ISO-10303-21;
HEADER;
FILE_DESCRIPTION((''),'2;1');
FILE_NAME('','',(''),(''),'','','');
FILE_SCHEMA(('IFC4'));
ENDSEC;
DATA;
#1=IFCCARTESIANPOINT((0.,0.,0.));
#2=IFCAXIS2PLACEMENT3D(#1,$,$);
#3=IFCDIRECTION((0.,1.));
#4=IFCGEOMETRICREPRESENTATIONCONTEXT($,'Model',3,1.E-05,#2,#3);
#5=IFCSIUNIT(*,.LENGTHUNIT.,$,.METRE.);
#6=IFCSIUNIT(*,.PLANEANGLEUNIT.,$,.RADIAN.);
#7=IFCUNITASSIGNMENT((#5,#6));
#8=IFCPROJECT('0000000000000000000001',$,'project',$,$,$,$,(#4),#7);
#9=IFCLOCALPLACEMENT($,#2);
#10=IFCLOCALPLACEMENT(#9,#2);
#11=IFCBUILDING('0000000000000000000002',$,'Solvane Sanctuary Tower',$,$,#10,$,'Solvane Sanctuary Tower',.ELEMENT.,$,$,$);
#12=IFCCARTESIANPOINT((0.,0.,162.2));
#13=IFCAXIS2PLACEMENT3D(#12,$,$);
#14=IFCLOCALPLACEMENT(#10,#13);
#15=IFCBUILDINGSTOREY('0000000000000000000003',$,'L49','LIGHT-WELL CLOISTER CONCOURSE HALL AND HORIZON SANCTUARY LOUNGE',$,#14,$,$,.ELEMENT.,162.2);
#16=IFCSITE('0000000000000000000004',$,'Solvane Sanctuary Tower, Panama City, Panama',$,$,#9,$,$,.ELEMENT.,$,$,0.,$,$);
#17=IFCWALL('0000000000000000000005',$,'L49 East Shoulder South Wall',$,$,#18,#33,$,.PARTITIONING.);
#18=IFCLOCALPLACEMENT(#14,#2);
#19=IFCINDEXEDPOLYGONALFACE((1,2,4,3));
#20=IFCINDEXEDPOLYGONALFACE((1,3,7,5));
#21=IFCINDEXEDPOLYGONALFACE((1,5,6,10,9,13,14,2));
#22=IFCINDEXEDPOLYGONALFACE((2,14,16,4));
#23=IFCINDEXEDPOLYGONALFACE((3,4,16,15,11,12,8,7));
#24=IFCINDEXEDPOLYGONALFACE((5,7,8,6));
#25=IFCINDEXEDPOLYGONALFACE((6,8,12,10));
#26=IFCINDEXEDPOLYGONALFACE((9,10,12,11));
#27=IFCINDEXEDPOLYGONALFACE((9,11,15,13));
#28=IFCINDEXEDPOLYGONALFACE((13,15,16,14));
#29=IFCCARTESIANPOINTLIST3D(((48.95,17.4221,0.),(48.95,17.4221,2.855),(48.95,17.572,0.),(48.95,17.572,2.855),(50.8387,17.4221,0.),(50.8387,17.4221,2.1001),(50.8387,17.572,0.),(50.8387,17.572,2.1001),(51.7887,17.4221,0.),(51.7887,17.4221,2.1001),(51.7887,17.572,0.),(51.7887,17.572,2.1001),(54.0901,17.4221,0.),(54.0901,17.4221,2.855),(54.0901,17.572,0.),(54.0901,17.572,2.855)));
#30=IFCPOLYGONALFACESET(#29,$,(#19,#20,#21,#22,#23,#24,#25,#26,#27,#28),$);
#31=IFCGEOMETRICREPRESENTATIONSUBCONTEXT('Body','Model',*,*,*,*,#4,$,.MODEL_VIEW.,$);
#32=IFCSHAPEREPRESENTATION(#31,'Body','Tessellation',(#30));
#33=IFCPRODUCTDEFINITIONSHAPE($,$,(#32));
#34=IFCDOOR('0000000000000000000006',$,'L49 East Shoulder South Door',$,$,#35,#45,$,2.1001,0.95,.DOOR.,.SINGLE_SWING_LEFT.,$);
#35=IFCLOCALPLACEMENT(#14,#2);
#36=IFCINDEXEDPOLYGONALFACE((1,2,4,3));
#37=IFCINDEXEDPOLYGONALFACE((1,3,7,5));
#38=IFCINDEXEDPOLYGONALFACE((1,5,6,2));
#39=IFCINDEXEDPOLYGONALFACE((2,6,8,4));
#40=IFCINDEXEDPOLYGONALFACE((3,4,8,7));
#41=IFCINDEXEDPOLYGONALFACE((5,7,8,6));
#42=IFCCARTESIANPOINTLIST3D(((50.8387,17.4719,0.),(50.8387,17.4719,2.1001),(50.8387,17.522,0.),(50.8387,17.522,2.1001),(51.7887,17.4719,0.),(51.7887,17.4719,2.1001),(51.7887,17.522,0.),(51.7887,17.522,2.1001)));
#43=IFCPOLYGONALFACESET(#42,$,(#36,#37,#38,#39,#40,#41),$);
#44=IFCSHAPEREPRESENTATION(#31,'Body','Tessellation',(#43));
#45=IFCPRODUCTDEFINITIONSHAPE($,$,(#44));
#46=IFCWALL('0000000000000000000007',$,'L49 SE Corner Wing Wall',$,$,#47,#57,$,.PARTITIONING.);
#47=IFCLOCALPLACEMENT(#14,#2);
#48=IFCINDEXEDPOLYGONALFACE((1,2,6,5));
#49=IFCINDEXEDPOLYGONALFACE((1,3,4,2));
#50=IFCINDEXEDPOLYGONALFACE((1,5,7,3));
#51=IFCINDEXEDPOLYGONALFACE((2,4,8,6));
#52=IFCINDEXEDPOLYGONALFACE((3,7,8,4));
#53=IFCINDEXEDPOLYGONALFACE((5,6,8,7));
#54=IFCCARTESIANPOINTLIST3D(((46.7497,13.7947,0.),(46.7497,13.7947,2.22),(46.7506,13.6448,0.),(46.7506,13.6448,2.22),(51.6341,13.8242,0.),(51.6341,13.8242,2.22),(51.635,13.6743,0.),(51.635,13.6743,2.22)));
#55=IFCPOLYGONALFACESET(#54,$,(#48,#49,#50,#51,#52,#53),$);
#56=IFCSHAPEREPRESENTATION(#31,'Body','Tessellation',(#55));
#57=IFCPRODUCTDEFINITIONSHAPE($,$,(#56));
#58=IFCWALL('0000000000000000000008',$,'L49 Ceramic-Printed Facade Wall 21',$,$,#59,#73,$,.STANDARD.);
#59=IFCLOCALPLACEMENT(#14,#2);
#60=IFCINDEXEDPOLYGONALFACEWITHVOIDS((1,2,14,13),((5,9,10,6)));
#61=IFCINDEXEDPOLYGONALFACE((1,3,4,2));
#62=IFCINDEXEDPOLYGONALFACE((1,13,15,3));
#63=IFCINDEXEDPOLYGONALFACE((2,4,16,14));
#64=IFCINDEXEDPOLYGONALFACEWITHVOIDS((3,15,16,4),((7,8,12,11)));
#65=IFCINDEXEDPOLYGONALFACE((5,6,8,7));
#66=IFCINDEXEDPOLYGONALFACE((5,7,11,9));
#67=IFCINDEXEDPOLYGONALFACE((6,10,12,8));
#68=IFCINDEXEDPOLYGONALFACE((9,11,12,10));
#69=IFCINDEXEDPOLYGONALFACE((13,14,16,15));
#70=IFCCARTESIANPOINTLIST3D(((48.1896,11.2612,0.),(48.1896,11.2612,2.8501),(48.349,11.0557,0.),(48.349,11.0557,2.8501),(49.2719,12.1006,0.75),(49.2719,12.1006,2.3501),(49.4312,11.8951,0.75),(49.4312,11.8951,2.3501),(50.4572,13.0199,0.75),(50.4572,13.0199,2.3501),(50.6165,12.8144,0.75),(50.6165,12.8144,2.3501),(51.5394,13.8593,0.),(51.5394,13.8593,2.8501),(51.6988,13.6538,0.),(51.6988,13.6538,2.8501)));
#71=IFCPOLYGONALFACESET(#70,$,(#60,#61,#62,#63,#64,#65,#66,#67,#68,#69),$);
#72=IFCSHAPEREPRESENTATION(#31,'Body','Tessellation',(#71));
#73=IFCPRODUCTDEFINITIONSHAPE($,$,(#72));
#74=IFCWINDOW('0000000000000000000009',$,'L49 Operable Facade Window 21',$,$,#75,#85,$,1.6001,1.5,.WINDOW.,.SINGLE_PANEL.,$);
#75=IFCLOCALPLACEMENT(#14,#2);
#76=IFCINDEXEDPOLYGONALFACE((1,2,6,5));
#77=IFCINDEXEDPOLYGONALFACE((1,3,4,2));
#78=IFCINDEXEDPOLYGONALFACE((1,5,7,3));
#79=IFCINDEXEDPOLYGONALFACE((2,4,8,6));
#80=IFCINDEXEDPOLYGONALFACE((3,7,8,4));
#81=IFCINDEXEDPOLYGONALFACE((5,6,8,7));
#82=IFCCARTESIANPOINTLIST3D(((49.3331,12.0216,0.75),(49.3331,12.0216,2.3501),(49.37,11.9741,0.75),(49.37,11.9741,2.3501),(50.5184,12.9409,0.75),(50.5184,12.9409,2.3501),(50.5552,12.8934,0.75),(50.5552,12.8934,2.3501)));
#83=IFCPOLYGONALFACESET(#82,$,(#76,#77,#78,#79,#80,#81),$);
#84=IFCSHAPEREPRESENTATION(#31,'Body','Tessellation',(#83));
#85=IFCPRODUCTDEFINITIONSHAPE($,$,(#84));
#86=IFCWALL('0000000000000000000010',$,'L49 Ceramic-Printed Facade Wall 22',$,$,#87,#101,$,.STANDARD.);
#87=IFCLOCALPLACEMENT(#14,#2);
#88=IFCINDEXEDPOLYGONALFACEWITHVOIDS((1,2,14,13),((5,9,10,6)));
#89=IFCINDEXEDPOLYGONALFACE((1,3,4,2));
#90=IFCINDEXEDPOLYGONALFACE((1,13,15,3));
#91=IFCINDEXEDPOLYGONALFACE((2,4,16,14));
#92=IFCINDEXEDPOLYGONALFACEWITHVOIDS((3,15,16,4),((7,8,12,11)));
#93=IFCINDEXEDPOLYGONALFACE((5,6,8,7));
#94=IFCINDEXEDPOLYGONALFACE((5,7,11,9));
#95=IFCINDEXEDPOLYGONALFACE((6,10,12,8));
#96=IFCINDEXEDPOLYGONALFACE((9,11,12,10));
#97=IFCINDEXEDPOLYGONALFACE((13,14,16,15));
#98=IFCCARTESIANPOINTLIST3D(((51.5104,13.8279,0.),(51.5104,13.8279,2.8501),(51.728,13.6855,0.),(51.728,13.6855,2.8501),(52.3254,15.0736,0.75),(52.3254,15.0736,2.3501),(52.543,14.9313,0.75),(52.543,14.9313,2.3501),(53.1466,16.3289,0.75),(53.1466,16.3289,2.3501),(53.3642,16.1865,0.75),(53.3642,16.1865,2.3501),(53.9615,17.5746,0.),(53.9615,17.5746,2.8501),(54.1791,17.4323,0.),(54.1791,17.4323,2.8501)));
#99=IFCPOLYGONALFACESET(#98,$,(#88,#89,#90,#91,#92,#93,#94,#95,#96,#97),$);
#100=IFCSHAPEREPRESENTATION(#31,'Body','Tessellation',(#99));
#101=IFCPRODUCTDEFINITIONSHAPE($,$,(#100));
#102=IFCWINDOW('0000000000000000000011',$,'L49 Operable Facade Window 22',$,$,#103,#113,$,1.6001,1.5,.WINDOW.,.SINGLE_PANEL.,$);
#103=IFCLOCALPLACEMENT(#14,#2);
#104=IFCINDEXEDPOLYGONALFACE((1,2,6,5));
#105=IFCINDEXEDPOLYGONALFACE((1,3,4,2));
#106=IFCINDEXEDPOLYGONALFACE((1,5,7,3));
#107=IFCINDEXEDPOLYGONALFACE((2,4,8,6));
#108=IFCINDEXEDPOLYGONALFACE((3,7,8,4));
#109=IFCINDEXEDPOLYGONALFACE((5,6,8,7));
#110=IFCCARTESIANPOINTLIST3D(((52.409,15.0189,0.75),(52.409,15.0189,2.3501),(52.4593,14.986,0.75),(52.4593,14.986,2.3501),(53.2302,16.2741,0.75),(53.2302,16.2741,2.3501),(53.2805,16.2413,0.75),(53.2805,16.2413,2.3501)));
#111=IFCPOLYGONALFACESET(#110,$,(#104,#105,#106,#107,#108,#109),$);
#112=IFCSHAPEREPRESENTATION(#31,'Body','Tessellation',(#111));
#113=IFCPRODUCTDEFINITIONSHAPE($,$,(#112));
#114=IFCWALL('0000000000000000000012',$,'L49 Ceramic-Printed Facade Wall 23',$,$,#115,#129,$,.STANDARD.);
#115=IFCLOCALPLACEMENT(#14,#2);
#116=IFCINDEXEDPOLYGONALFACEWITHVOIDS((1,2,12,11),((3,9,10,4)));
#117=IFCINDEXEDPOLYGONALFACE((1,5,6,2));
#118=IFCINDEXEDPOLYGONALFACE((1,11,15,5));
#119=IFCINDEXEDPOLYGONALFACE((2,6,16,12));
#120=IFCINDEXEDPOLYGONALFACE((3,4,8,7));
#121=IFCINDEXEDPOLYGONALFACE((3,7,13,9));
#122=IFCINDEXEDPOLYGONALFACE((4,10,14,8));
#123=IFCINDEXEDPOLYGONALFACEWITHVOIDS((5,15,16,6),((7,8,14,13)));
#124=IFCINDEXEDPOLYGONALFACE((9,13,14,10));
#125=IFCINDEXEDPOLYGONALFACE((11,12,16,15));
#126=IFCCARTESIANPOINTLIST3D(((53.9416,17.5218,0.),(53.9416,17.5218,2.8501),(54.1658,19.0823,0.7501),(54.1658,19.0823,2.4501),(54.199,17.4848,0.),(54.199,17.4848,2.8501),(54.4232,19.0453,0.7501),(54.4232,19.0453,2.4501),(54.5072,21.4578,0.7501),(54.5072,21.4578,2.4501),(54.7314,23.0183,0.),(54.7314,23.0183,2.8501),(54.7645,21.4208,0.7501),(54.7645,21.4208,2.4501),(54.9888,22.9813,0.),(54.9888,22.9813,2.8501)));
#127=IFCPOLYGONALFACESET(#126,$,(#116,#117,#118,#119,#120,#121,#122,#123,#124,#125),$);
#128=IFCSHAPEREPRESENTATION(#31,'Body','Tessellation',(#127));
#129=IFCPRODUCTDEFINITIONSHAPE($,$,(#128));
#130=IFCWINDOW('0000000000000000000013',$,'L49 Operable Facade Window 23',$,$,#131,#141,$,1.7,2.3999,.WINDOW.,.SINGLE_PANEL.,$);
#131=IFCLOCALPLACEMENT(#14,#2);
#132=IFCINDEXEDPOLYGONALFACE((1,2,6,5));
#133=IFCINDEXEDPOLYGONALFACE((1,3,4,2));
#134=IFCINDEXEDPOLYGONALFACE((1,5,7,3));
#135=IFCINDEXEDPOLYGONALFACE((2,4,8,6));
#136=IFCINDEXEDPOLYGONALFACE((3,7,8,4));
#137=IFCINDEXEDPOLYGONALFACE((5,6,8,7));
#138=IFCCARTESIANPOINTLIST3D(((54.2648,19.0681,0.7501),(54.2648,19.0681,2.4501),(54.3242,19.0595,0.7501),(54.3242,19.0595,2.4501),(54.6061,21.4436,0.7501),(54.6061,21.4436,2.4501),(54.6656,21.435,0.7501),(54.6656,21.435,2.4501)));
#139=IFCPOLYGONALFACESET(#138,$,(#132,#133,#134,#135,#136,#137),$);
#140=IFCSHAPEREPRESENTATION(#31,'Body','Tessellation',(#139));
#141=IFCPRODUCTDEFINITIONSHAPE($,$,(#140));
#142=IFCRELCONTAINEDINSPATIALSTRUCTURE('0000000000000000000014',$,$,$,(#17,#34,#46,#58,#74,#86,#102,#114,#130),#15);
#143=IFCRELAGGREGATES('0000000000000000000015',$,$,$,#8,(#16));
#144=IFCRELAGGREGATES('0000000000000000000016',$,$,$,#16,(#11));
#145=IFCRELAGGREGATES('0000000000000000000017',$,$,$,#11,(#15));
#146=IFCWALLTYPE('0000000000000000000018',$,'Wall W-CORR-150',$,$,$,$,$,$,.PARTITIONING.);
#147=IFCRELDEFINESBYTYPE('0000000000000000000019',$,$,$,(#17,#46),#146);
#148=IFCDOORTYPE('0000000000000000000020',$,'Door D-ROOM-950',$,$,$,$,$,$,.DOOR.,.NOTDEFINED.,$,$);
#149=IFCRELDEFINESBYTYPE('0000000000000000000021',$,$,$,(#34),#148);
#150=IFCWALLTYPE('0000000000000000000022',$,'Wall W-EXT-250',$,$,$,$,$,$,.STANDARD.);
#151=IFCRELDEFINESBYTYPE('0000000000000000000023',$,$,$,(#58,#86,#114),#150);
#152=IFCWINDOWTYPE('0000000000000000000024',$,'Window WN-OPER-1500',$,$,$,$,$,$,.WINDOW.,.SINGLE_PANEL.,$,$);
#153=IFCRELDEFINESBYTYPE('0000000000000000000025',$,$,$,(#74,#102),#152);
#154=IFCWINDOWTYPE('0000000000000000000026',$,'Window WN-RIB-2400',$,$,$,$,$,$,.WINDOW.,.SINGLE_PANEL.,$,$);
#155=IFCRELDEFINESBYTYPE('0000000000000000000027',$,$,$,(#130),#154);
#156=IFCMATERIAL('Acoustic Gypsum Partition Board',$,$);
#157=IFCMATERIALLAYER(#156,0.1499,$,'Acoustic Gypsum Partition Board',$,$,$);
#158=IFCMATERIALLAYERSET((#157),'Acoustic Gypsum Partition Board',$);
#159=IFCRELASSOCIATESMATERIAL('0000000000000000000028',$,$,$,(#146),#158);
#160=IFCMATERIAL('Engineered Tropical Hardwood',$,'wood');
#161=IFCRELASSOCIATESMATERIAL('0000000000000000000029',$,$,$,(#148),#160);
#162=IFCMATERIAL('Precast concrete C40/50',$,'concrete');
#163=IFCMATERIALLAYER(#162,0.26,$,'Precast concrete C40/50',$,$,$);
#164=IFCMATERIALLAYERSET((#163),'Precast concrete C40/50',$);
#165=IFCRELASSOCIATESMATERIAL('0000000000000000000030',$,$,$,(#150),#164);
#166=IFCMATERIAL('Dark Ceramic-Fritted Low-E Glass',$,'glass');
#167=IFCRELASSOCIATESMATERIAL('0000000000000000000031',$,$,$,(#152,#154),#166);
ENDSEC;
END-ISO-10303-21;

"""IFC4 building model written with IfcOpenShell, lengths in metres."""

from ifc_helpers import new_model, si_unit, direction, frame, frame_2d, origin, place, context, subcontext, project, spatial, rectangle, extrude, material, layer, layer_set, type_object, element, fill, save


model = new_model("IFC4")

# Units and contexts
model_context = context("Model", 3, precision=1e-05, world=origin(), true_north=direction((0.0, 1.0)))
body_context = subcontext(model_context, "Body", "Model", "MODEL_VIEW")
ifc_project = project(units=[si_unit("LENGTHUNIT", "METRE"), si_unit("PLANEANGLEUNIT", "RADIAN")], contexts=[model_context])

# Site, building, storey
site_placement = place(None, origin())
site = spatial("IfcSite", under=ifc_project, at=site_placement, Name="Solvane Sanctuary Tower, Panama City, Panama", CompositionType="ELEMENT", RefElevation=0.0)
building_placement = place(site_placement, origin())
building = spatial("IfcBuilding", under=site, at=building_placement, Name="Solvane Sanctuary Tower", LongName="Solvane Sanctuary Tower", CompositionType="ELEMENT")
storey_placement = place(building_placement, frame((0.0, 0.0, 162.2)))
storey = spatial("IfcBuildingStorey", under=building, at=storey_placement, Name="L49", Description="LIGHT-WELL CLOISTER CONCOURSE HALL AND HORIZON SANCTUARY LOUNGE", CompositionType="ELEMENT", Elevation=162.2)

# Wall, opening, door
ifc_material_1 = material(Name="Acoustic Gypsum Partition Board")
ifc_layer_1 = layer(ifc_material_1, 0.1499, Name="Acoustic Gypsum Partition Board")
ifc_layer_set_1 = layer_set([ifc_layer_1], Name="Acoustic Gypsum Partition Board")
wall_type_1 = type_object("IfcWallType", Name="Wall W-CORR-150", PredefinedType="PARTITIONING", material=ifc_layer_set_1)
wall_1_placement = place(storey_placement, frame((48.95, 17.4971, 0.0), z_axis=(0.0, 0.0, 1.0), x_axis=(1.0, 0.0, 0.0)))
wall_1 = element("IfcWall", 1, at=wall_1_placement, inside=storey, type_object=wall_type_1, Name="L49 East Shoulder South Wall", PredefinedType="PARTITIONING", context=body_context, shape_type="SweptSolid", body=[
    extrude(rectangle(XDim=5.1401, YDim=0.1499, at=frame_2d((2.5701, 0.0))), origin(), (0.0, 0.0, 1.0), 2.855),
])
opening_1_placement = place(wall_1_placement, frame((1.8887, 0.0, 0.0)))
opening_1 = element("IfcOpeningElement", 2, at=opening_1_placement, cuts=wall_1, PredefinedType="OPENING", context=body_context, shape_type="SweptSolid", body=[
    extrude(rectangle(XDim=0.95, YDim=2.1001, at=frame_2d((0.4751, 1.05))), frame((0.0, 0.085, 0.0), z_axis=(0.0, -1.0, 0.0), x_axis=(1.0, 0.0, 0.0)), (0.0, 0.0, 1.0), 0.1699),
])
ifc_material_2 = material(Name="Engineered Tropical Hardwood", Category="wood")
door_type_1 = type_object("IfcDoorType", Name="Door D-ROOM-950", OperationType="NOTDEFINED", PredefinedType="DOOR", material=ifc_material_2)
door_1_placement = place(opening_1_placement, origin())
door_1 = element("IfcDoor", 3, at=door_1_placement, inside=storey, type_object=door_type_1, Name="L49 East Shoulder South Door", OperationType="SINGLE_SWING_LEFT", OverallHeight=2.1001, OverallWidth=0.95, PredefinedType="DOOR", context=body_context, shape_type="SweptSolid", body=[
    extrude(rectangle(XDim=0.95, YDim=2.1001, at=frame_2d((0.4751, 1.05))), frame((0.0, 0.0249, 0.0), z_axis=(0.0, -1.0, 0.0), x_axis=(1.0, 0.0, 0.0)), (0.0, 0.0, 1.0), 0.05),
])
fill(opening_1, door_1)

# Wall
wall_2_placement = place(storey_placement, frame((46.75, 13.7197, 0.0), z_axis=(0.0, 0.0, 1.0), x_axis=(0.999982, 0.006048, 0.0)))
element("IfcWall", 4, at=wall_2_placement, inside=storey, type_object=wall_type_1, Name="L49 SE Corner Wing Wall", PredefinedType="PARTITIONING", context=body_context, shape_type="SweptSolid", body=[
    extrude(rectangle(XDim=4.8845, YDim=0.1499, at=frame_2d((2.4424, 0.0))), origin(), (0.0, 0.0, 1.0), 2.22),
])

# Walls, openings, windows
ifc_material_3 = material(Name="Precast concrete C40/50", Category="concrete")
ifc_layer_2 = layer(ifc_material_3, 0.26, Name="Precast concrete C40/50")
ifc_layer_set_2 = layer_set([ifc_layer_2], Name="Precast concrete C40/50")
wall_type_2 = type_object("IfcWallType", Name="Wall W-EXT-250", PredefinedType="STANDARD", material=ifc_layer_set_2)
wall_3_placement = place(storey_placement, frame((48.2693, 11.1584, 0.0), z_axis=(0.0, 0.0, 1.0), x_axis=(0.790186, 0.612868, 0.0)))
wall_3 = element("IfcWall", 5, at=wall_3_placement, inside=storey, type_object=wall_type_2, Name="L49 Ceramic-Printed Facade Wall 21", PredefinedType="STANDARD", context=body_context, shape_type="SweptSolid", body=[
    extrude(rectangle(XDim=4.2393, YDim=0.26, at=frame_2d((2.1196, 0.0))), origin(), (0.0, 0.0, 1.0), 2.8501),
])
opening_2_placement = place(wall_3_placement, frame((1.3696, 0.0, 0.75)))
opening_2 = element("IfcOpeningElement", 6, at=opening_2_placement, cuts=wall_3, PredefinedType="OPENING", context=body_context, shape_type="SweptSolid", body=[
    extrude(rectangle(XDim=1.5, YDim=1.6001, at=frame_2d((0.75, 0.8))), frame((0.0, 0.1399, 0.0), z_axis=(0.0, -1.0, 0.0), x_axis=(1.0, 0.0, 0.0)), (0.0, 0.0, 1.0), 0.28),
])
ifc_material_4 = material(Name="Dark Ceramic-Fritted Low-E Glass", Category="glass")
window_type_1 = type_object("IfcWindowType", Name="Window WN-OPER-1500", PartitioningType="SINGLE_PANEL", PredefinedType="WINDOW", material=ifc_material_4)
window_1_placement = place(opening_2_placement, origin())
window_1 = element("IfcWindow", 7, at=window_1_placement, inside=storey, type_object=window_type_1, Name="L49 Operable Facade Window 21", OverallHeight=1.6001, OverallWidth=1.5, PartitioningType="SINGLE_PANEL", PredefinedType="WINDOW", context=body_context, shape_type="SweptSolid", body=[
    extrude(rectangle(XDim=1.5, YDim=1.6001, at=frame_2d((0.75, 0.8))), frame((0.0, 0.03, 0.0), z_axis=(0.0, -1.0, 0.0), x_axis=(1.0, 0.0, 0.0)), (0.0, 0.0, 1.0), 0.0601),
])
fill(opening_2, window_1)
wall_4_placement = place(storey_placement, frame((51.6191, 13.7566, 0.0), z_axis=(0.0, 0.0, 1.0), x_axis=(0.547456, 0.836834, 0.0)))
wall_4 = element("IfcWall", 8, at=wall_4_placement, inside=storey, type_object=wall_type_2, Name="L49 Ceramic-Printed Facade Wall 22", PredefinedType="STANDARD", context=body_context, shape_type="SweptSolid", body=[
    extrude(rectangle(XDim=4.4773, YDim=0.26, at=frame_2d((2.2388, 0.0))), origin(), (0.0, 0.0, 1.0), 2.8501),
])
opening_3_placement = place(wall_4_placement, frame((1.4888, 0.0, 0.75)))
opening_3 = element("IfcOpeningElement", 9, at=opening_3_placement, cuts=wall_4, PredefinedType="OPENING", context=body_context, shape_type="SweptSolid", body=[
    extrude(rectangle(XDim=1.5, YDim=1.6001, at=frame_2d((0.75, 0.8))), frame((0.0, 0.1399, 0.0), z_axis=(0.0, -1.0, 0.0), x_axis=(1.0, 0.0, 0.0)), (0.0, 0.0, 1.0), 0.28),
])
window_2_placement = place(opening_3_placement, origin())
window_2 = element("IfcWindow", 10, at=window_2_placement, inside=storey, type_object=window_type_1, Name="L49 Operable Facade Window 22", OverallHeight=1.6001, OverallWidth=1.5, PartitioningType="SINGLE_PANEL", PredefinedType="WINDOW", context=body_context, shape_type="SweptSolid", body=[
    extrude(rectangle(XDim=1.5, YDim=1.6001, at=frame_2d((0.75, 0.8))), frame((0.0, 0.03, 0.0), z_axis=(0.0, -1.0, 0.0), x_axis=(1.0, 0.0, 0.0)), (0.0, 0.0, 1.0), 0.0601),
])
fill(opening_3, window_2)
wall_5_placement = place(storey_placement, frame((54.0703, 17.5034, 0.0), z_axis=(0.0, 0.0, 1.0), x_axis=(0.142228, 0.989834, 0.0)))
wall_5 = element("IfcWall", 11, at=wall_5_placement, inside=storey, type_object=wall_type_2, Name="L49 Ceramic-Printed Facade Wall 23", PredefinedType="STANDARD", context=body_context, shape_type="SweptSolid", body=[
    extrude(rectangle(XDim=5.553, YDim=0.26, at=frame_2d((2.7764, 0.0))), origin(), (0.0, 0.0, 1.0), 2.8501),
])
opening_4_placement = place(wall_5_placement, frame((1.5764, 0.0, 0.75)))
opening_4 = element("IfcOpeningElement", 12, at=opening_4_placement, cuts=wall_5, PredefinedType="OPENING", context=body_context, shape_type="SweptSolid", body=[
    extrude(rectangle(XDim=2.3999, YDim=1.7, at=frame_2d((1.2, 0.8501))), frame((0.0, 0.1399, 0.0), z_axis=(0.0, -1.0, 0.0), x_axis=(1.0, 0.0, 0.0)), (0.0, 0.0, 1.0), 0.28),
])
window_type_2 = type_object("IfcWindowType", Name="Window WN-RIB-2400", PartitioningType="SINGLE_PANEL", PredefinedType="WINDOW", material=ifc_material_4)
window_3_placement = place(opening_4_placement, origin())
window_3 = element("IfcWindow", 13, at=window_3_placement, inside=storey, type_object=window_type_2, Name="L49 Operable Facade Window 23", OverallHeight=1.7, OverallWidth=2.3999, PartitioningType="SINGLE_PANEL", PredefinedType="WINDOW", context=body_context, shape_type="SweptSolid", body=[
    extrude(rectangle(XDim=2.3999, YDim=1.7, at=frame_2d((1.2, 0.8501))), frame((0.0, 0.03, 0.0), z_axis=(0.0, -1.0, 0.0), x_axis=(1.0, 0.0, 0.0)), (0.0, 0.0, 1.0), 0.0601),
])
fill(opening_4, window_3)

save(model, "model.ifc")
